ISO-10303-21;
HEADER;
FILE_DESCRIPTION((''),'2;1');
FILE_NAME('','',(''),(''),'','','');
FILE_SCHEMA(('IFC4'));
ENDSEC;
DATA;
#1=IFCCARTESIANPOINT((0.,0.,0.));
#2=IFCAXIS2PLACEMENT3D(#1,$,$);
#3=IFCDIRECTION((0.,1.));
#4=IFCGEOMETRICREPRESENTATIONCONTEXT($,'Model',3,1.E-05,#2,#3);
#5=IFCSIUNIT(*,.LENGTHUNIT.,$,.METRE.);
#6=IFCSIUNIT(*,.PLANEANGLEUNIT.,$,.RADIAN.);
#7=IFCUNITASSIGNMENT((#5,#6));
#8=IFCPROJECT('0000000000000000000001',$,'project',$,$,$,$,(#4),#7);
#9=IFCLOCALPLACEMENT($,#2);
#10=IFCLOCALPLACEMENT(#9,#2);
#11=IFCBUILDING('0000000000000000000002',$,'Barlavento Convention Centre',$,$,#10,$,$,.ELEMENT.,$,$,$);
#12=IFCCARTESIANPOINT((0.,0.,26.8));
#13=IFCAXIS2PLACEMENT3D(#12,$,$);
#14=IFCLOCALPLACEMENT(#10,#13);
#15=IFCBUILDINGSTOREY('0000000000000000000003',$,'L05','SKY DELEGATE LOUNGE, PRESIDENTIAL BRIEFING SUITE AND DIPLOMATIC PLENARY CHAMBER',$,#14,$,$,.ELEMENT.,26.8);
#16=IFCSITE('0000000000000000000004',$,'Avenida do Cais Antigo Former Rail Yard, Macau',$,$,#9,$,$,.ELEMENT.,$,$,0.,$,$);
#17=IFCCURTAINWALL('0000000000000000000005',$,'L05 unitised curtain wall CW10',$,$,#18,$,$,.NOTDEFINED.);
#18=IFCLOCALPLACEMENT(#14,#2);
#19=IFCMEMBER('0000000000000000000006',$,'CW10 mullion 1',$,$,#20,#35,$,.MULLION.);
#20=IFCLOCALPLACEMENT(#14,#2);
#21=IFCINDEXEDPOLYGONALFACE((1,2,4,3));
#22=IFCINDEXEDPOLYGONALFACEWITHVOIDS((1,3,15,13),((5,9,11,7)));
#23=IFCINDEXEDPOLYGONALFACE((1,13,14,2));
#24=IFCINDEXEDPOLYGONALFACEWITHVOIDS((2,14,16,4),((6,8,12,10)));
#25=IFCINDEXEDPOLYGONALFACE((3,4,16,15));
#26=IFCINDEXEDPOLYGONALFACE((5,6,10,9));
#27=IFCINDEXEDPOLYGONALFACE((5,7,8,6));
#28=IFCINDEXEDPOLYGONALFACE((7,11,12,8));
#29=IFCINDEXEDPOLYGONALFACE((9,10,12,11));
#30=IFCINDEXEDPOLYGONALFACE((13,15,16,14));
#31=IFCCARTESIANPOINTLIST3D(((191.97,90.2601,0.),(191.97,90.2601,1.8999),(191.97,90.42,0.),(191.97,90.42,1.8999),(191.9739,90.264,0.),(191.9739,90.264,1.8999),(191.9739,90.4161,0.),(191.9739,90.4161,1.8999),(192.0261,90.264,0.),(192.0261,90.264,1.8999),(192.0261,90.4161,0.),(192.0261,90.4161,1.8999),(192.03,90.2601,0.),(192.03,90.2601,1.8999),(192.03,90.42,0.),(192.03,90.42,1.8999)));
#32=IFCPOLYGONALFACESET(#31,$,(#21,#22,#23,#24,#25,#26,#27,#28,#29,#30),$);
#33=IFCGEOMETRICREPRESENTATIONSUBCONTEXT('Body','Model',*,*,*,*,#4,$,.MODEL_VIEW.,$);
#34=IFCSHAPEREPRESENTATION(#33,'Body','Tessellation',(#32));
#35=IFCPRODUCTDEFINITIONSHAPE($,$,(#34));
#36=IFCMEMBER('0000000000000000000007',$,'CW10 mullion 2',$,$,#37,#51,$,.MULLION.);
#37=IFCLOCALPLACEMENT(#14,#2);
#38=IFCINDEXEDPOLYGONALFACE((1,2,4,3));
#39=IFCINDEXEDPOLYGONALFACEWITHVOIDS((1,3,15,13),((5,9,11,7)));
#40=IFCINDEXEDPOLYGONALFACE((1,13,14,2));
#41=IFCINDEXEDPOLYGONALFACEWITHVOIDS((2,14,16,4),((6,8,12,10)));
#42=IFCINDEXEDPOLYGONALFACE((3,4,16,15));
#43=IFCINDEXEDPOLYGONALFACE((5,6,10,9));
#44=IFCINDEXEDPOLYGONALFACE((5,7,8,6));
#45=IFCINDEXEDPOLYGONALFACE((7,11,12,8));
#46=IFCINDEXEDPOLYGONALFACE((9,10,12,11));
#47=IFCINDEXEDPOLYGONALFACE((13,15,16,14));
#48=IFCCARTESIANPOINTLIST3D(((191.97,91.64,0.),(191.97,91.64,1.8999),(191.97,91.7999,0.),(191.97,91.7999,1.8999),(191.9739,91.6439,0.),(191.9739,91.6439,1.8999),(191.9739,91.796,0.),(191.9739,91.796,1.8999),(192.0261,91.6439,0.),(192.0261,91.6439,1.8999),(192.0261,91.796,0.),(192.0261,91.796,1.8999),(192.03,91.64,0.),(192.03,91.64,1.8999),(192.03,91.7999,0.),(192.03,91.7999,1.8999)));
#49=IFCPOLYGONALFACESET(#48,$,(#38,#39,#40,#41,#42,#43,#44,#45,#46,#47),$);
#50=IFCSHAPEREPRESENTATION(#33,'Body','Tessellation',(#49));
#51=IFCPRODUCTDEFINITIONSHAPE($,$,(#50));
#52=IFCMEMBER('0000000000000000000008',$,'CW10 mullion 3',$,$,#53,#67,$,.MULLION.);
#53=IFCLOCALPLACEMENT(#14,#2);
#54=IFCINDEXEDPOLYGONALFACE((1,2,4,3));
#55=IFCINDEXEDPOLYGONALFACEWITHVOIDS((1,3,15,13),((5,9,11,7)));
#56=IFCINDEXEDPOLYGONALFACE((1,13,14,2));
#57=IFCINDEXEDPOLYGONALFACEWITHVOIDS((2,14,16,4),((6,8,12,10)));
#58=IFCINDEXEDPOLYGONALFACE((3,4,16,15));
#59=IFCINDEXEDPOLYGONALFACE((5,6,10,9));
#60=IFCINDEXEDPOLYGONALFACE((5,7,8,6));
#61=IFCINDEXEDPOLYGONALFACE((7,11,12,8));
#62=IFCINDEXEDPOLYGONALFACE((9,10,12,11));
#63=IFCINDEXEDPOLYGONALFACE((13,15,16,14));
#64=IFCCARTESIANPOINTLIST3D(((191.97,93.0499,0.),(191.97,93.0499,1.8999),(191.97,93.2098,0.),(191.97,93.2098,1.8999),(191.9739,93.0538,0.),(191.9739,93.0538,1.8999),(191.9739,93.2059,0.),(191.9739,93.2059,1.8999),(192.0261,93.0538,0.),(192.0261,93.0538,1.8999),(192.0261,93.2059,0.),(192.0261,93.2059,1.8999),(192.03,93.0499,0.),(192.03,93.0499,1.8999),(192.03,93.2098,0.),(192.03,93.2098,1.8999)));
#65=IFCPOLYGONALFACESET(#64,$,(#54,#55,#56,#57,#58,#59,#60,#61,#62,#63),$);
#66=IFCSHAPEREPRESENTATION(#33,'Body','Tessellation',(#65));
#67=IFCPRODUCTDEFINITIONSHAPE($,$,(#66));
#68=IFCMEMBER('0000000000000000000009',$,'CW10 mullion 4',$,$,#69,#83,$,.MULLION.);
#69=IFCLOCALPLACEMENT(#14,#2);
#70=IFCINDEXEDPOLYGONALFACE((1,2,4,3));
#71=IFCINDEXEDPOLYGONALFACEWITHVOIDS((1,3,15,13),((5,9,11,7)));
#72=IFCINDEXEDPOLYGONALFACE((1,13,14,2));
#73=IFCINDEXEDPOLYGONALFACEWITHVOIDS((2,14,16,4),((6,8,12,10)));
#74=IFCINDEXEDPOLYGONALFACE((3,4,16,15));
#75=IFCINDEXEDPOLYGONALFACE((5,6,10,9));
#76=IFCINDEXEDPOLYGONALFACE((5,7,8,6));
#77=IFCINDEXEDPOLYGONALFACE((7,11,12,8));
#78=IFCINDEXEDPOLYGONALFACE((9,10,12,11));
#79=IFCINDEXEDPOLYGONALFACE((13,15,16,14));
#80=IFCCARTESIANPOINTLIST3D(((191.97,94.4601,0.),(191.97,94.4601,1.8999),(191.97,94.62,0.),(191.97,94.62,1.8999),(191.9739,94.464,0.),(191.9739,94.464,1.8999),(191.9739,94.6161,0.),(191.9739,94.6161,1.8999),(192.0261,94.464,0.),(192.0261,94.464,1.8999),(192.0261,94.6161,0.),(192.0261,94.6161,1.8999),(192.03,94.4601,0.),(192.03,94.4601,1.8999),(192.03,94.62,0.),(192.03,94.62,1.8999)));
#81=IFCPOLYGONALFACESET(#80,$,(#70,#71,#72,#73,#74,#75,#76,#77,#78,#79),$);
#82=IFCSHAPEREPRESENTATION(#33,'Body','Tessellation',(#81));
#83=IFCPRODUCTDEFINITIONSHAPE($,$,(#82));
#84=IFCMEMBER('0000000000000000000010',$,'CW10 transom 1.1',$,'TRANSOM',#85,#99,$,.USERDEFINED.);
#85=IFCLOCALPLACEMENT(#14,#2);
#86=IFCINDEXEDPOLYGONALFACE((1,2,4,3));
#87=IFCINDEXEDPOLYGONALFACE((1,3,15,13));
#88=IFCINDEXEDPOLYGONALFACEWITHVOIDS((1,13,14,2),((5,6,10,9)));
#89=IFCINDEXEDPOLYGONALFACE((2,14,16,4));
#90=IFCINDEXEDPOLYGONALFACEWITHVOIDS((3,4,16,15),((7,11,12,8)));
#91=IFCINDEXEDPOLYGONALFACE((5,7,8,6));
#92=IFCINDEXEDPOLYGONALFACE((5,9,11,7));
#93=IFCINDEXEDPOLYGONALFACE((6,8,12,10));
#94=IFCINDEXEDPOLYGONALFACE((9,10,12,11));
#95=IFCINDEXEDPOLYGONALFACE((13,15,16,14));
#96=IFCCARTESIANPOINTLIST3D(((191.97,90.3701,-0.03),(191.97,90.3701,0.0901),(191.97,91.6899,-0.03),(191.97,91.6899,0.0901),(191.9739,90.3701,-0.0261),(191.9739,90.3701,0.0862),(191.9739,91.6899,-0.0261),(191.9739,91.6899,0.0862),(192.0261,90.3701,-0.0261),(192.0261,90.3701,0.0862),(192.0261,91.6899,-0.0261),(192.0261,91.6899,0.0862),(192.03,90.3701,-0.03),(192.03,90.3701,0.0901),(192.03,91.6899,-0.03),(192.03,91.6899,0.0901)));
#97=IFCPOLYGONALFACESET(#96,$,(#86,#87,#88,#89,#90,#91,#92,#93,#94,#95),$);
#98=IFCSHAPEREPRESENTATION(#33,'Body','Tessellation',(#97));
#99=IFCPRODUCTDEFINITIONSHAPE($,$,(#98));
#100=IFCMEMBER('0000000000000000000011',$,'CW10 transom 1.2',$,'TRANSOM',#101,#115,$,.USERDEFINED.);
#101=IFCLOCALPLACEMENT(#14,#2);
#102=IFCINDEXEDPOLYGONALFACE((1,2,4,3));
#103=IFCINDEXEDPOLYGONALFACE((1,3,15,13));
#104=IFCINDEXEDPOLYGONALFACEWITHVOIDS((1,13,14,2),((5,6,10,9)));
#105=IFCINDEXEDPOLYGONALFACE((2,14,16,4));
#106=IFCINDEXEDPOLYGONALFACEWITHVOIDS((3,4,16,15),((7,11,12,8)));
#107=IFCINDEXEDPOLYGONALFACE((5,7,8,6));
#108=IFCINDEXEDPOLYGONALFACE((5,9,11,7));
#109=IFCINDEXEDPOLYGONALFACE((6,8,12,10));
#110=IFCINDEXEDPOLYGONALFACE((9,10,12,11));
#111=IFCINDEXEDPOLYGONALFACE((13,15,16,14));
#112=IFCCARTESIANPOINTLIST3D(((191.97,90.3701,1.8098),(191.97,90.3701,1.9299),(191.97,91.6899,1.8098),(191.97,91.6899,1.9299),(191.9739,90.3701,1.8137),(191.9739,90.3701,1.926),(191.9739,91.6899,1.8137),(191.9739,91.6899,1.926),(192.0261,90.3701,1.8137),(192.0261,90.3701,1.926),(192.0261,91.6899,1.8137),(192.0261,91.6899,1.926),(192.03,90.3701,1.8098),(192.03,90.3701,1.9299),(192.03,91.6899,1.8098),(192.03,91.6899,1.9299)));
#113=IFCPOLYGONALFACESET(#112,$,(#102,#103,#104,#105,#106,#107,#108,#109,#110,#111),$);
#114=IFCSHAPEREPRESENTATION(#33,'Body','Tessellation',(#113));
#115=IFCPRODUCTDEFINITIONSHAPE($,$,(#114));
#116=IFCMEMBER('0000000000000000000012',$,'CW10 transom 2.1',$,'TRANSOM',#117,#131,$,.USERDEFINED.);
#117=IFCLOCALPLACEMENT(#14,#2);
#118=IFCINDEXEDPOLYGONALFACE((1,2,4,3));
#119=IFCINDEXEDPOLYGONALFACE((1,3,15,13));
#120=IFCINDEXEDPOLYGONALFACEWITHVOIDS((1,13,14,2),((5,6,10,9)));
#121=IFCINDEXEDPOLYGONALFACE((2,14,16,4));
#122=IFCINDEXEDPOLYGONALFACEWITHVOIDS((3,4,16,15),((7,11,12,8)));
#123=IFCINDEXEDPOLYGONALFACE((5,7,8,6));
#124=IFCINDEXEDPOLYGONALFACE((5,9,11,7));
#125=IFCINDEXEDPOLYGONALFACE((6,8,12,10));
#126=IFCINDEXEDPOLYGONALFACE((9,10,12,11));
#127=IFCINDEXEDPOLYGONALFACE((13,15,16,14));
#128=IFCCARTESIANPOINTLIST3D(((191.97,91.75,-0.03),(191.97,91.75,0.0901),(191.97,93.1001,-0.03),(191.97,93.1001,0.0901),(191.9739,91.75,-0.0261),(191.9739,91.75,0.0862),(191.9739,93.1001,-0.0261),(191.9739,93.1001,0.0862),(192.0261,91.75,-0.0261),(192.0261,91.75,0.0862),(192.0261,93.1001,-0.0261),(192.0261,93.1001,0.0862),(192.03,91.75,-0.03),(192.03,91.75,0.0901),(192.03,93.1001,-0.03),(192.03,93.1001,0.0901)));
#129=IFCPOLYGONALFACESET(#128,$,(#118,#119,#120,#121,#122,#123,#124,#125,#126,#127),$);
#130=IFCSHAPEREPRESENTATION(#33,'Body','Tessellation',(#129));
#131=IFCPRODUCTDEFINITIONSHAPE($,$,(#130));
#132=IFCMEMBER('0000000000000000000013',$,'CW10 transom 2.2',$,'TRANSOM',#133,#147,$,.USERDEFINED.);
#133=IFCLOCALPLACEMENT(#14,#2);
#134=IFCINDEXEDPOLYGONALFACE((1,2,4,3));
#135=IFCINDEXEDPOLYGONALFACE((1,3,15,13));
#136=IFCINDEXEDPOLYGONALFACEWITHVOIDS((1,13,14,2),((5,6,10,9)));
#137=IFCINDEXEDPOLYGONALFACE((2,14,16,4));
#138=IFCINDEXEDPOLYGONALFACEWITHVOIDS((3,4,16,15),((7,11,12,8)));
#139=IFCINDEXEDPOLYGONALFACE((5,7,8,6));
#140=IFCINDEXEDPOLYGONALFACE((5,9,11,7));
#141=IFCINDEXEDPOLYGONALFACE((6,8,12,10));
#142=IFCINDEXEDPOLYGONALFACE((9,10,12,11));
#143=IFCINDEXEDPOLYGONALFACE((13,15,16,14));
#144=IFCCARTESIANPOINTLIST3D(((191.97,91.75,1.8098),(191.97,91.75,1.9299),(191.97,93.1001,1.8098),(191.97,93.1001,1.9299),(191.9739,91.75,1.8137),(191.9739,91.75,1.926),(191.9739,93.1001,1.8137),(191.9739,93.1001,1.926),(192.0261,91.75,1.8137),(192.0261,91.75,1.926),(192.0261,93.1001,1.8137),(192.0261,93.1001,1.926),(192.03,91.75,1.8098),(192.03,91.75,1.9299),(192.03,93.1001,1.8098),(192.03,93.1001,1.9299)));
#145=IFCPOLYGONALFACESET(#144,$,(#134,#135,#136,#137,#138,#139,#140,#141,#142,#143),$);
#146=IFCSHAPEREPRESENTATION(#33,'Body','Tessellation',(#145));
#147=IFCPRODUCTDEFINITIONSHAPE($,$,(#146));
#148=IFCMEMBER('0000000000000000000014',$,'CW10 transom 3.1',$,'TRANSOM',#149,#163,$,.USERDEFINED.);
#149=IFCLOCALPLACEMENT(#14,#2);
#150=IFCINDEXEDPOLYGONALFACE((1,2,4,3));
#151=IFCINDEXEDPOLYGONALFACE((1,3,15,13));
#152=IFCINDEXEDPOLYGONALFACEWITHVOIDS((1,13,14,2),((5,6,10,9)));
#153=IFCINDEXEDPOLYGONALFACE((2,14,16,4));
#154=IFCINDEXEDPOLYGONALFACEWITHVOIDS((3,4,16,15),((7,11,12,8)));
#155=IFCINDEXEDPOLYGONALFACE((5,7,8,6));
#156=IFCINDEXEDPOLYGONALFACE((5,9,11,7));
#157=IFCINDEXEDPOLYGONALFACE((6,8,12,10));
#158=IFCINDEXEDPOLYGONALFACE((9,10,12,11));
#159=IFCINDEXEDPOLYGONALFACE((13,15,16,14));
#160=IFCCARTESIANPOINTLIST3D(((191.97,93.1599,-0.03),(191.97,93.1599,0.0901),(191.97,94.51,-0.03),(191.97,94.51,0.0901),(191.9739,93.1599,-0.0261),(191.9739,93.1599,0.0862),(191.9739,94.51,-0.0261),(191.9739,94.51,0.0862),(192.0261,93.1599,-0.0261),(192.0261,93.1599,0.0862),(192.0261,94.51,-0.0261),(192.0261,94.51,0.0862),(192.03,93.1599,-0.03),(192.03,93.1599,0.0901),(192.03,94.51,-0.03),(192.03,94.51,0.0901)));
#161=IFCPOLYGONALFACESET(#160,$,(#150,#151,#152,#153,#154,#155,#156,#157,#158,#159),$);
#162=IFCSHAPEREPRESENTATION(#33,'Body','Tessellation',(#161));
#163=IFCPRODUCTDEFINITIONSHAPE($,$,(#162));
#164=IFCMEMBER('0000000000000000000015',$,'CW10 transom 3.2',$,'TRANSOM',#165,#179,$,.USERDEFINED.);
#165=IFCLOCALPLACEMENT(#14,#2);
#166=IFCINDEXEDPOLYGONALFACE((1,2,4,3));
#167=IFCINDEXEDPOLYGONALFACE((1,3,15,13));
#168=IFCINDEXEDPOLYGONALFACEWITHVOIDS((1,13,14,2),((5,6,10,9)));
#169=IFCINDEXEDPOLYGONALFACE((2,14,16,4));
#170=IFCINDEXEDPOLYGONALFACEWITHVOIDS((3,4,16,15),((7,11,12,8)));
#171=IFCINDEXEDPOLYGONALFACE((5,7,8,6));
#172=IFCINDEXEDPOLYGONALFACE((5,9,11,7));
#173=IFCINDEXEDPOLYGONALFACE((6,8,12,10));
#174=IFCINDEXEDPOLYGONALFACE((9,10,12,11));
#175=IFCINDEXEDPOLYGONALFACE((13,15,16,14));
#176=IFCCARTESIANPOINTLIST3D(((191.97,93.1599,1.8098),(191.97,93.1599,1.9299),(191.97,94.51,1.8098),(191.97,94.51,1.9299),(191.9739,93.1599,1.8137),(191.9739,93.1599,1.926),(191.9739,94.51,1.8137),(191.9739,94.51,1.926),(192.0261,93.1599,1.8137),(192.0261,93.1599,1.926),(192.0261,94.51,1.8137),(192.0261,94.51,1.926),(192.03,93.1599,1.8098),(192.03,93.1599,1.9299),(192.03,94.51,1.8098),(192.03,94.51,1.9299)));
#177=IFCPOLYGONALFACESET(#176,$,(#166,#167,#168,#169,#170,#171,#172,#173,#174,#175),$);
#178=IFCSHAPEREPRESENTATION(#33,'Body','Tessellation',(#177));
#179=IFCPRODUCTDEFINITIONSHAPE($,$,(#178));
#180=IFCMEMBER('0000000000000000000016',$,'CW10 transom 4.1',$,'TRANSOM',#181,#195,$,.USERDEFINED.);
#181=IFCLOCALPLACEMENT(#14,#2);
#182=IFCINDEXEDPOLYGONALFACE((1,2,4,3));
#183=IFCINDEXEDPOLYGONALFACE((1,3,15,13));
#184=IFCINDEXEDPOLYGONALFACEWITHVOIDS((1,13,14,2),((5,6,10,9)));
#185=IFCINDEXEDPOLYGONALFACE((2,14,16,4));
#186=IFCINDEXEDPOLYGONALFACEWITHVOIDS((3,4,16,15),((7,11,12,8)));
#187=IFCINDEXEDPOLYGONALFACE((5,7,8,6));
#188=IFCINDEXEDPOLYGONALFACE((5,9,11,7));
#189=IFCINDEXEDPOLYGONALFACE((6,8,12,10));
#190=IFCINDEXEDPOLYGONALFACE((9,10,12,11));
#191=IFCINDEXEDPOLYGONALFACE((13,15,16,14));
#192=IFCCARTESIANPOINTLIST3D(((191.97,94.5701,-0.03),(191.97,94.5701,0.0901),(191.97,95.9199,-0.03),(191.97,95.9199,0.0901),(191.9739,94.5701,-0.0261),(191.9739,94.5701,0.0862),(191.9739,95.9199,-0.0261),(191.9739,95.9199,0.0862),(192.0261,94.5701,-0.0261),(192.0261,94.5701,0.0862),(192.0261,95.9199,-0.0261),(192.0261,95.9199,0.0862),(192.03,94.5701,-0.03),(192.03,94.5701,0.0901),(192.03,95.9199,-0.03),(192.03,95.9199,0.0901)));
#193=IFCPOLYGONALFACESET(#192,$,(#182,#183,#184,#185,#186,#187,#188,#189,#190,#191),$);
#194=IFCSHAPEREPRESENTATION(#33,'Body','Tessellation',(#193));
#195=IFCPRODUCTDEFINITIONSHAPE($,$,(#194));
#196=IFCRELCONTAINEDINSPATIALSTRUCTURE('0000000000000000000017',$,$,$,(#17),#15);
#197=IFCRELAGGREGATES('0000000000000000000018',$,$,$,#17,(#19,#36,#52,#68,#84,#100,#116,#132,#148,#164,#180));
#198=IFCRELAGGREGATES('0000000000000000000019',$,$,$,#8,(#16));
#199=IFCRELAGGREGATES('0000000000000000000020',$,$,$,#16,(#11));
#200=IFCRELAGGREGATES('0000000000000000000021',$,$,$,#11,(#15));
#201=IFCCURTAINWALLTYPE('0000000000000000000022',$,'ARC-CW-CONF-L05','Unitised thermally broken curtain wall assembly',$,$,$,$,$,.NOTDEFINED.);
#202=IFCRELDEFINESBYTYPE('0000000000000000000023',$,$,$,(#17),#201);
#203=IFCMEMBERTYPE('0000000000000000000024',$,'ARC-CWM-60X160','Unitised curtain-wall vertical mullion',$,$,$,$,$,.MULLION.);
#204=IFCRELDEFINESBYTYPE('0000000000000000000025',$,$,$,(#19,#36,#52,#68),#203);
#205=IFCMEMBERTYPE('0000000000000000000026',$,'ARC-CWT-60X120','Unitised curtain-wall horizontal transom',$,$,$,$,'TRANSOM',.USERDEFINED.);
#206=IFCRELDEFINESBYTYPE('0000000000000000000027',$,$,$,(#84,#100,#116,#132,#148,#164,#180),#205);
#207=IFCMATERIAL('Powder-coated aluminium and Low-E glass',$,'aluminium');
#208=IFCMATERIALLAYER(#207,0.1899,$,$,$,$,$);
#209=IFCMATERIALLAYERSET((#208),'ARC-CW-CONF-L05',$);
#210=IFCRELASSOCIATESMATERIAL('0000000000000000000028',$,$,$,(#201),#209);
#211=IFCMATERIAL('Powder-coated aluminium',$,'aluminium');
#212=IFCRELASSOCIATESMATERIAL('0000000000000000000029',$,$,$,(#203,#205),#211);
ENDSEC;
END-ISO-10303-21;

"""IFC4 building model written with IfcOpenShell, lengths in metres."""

from ifc_helpers import new_model, si_unit, direction, frame, origin, origin_2d, place, context, subcontext, project, spatial, hollow_rectangle, extrude, material, layer, layer_set, material_profile, profile_set, type_object, element, aggregate, save


model = new_model("IFC4")

# Units and contexts
model_context = context("Model", 3, precision=1e-05, world=origin(), true_north=direction((0.0, 1.0)))
body_context = subcontext(model_context, "Body", "Model", "MODEL_VIEW")
ifc_project = project(units=[si_unit("LENGTHUNIT", "METRE"), si_unit("PLANEANGLEUNIT", "RADIAN")], contexts=[model_context])

# Site, building, storey
site_placement = place(None, origin())
site = spatial("IfcSite", under=ifc_project, at=site_placement, Name="Avenida do Cais Antigo Former Rail Yard, Macau", CompositionType="ELEMENT", RefElevation=0.0)
building_placement = place(site_placement, origin())
building = spatial("IfcBuilding", under=site, at=building_placement, Name="Barlavento Convention Centre", CompositionType="ELEMENT")
storey_placement = place(building_placement, frame((0.0, 0.0, 26.8)))
storey = spatial("IfcBuildingStorey", under=building, at=storey_placement, Name="L05", Description="SKY DELEGATE LOUNGE, PRESIDENTIAL BRIEFING SUITE AND DIPLOMATIC PLENARY CHAMBER", CompositionType="ELEMENT", Elevation=26.8)

# Curtain wall, members
ifc_material_1 = material(Name="Powder-coated aluminium and Low-E glass", Category="aluminium")
ifc_layer_1 = layer(ifc_material_1, 0.1899)
ifc_layer_set_1 = layer_set([ifc_layer_1], Name="ARC-CW-CONF-L05")
curtain_wall_type = type_object("IfcCurtainWallType", Name="ARC-CW-CONF-L05", Description="Unitised thermally broken curtain wall assembly", PredefinedType="NOTDEFINED", material=ifc_layer_set_1)
curtain_wall_placement = place(storey_placement, origin())
curtain_wall = element("IfcCurtainWall", 1, at=curtain_wall_placement, inside=storey, type_object=curtain_wall_type, Name="L05 unitised curtain wall CW10", PredefinedType="NOTDEFINED")
ifc_material_2 = material(Name="Powder-coated aluminium", Category="aluminium")
ifc_material_profile_1 = material_profile(ifc_material_2, hollow_rectangle(XDim=0.0601, YDim=0.1599, WallThickness=0.0039, at=origin_2d()), Name="AL-MULL 60x160x4")
ifc_profile_set_1 = profile_set([ifc_material_profile_1], Name="Powder-coated aluminium")
member_type_1 = type_object("IfcMemberType", Name="ARC-CWM-60X160", Description="Unitised curtain-wall vertical mullion", PredefinedType="MULLION", material=ifc_profile_set_1)
member_1_placement = place(storey_placement, frame((192.0, 90.3401, 0.0), z_axis=(0.0, 0.0, 1.0), x_axis=(-1.0, 0.0, 0.0)))
member_1 = element("IfcMember", 2, at=member_1_placement, type_object=member_type_1, Name="CW10 mullion 1", PredefinedType="MULLION", context=body_context, shape_type="SweptSolid", body=[
    extrude(hollow_rectangle(XDim=0.0601, YDim=0.1599, WallThickness=0.0039, at=origin_2d()), origin(), (0.0, 0.0, 1.0), 1.8999),
])
member_2_placement = place(storey_placement, frame((192.0, 91.72, 0.0), z_axis=(0.0, 0.0, 1.0), x_axis=(-1.0, 0.0, 0.0)))
member_2 = element("IfcMember", 3, at=member_2_placement, type_object=member_type_1, Name="CW10 mullion 2", PredefinedType="MULLION", context=body_context, shape_type="SweptSolid", body=[
    extrude(hollow_rectangle(XDim=0.0601, YDim=0.1599, WallThickness=0.0039, at=origin_2d()), origin(), (0.0, 0.0, 1.0), 1.8999),
])
member_3_placement = place(storey_placement, frame((192.0, 93.1299, 0.0), z_axis=(0.0, 0.0, 1.0), x_axis=(-1.0, 0.0, 0.0)))
member_3 = element("IfcMember", 4, at=member_3_placement, type_object=member_type_1, Name="CW10 mullion 3", PredefinedType="MULLION", context=body_context, shape_type="SweptSolid", body=[
    extrude(hollow_rectangle(XDim=0.0601, YDim=0.1599, WallThickness=0.0039, at=origin_2d()), origin(), (0.0, 0.0, 1.0), 1.8999),
])
member_4_placement = place(storey_placement, frame((192.0, 94.54, 0.0), z_axis=(0.0, 0.0, 1.0), x_axis=(-1.0, 0.0, 0.0)))
member_4 = element("IfcMember", 5, at=member_4_placement, type_object=member_type_1, Name="CW10 mullion 4", PredefinedType="MULLION", context=body_context, shape_type="SweptSolid", body=[
    extrude(hollow_rectangle(XDim=0.0601, YDim=0.1599, WallThickness=0.0039, at=origin_2d()), origin(), (0.0, 0.0, 1.0), 1.8999),
])
ifc_material_profile_2 = material_profile(ifc_material_2, hollow_rectangle(XDim=0.0601, YDim=0.1201, WallThickness=0.0039, at=origin_2d()), Name="AL-TRAN 60x120x4")
ifc_profile_set_2 = profile_set([ifc_material_profile_2], Name="Powder-coated aluminium")
member_type_2 = type_object("IfcMemberType", Name="ARC-CWT-60X120", Description="Unitised curtain-wall horizontal transom", ElementType="TRANSOM", PredefinedType="USERDEFINED", material=ifc_profile_set_2)
member_5_placement = place(storey_placement, frame((192.0, 90.3701, 0.03), z_axis=(0.0, 1.0, 0.0), x_axis=(-1.0, 0.0, 0.0)))
member_5 = element("IfcMember", 6, at=member_5_placement, type_object=member_type_2, Name="CW10 transom 1.1", ObjectType="TRANSOM", PredefinedType="USERDEFINED", context=body_context, shape_type="SweptSolid", body=[
    extrude(hollow_rectangle(XDim=0.0601, YDim=0.1201, WallThickness=0.0039, at=origin_2d()), origin(), (0.0, 0.0, 1.0), 1.3198),
])
member_6_placement = place(storey_placement, frame((192.0, 90.3701, 1.8699), z_axis=(0.0, 1.0, 0.0), x_axis=(-1.0, 0.0, 0.0)))
member_6 = element("IfcMember", 7, at=member_6_placement, type_object=member_type_2, Name="CW10 transom 1.2", ObjectType="TRANSOM", PredefinedType="USERDEFINED", context=body_context, shape_type="SweptSolid", body=[
    extrude(hollow_rectangle(XDim=0.0601, YDim=0.1201, WallThickness=0.0039, at=origin_2d()), origin(), (0.0, 0.0, 1.0), 1.3198),
])
member_7_placement = place(storey_placement, frame((192.0, 91.75, 0.03), z_axis=(0.0, 1.0, 0.0), x_axis=(-1.0, 0.0, 0.0)))
member_7 = element("IfcMember", 8, at=member_7_placement, type_object=member_type_2, Name="CW10 transom 2.1", ObjectType="TRANSOM", PredefinedType="USERDEFINED", context=body_context, shape_type="SweptSolid", body=[
    extrude(hollow_rectangle(XDim=0.0601, YDim=0.1201, WallThickness=0.0039, at=origin_2d()), origin(), (0.0, 0.0, 1.0), 1.3501),
])
member_8_placement = place(storey_placement, frame((192.0, 91.75, 1.8699), z_axis=(0.0, 1.0, 0.0), x_axis=(-1.0, 0.0, 0.0)))
member_8 = element("IfcMember", 9, at=member_8_placement, type_object=member_type_2, Name="CW10 transom 2.2", ObjectType="TRANSOM", PredefinedType="USERDEFINED", context=body_context, shape_type="SweptSolid", body=[
    extrude(hollow_rectangle(XDim=0.0601, YDim=0.1201, WallThickness=0.0039, at=origin_2d()), origin(), (0.0, 0.0, 1.0), 1.3501),
])
member_9_placement = place(storey_placement, frame((192.0, 93.1599, 0.03), z_axis=(0.0, 1.0, 0.0), x_axis=(-1.0, 0.0, 0.0)))
member_9 = element("IfcMember", 10, at=member_9_placement, type_object=member_type_2, Name="CW10 transom 3.1", ObjectType="TRANSOM", PredefinedType="USERDEFINED", context=body_context, shape_type="SweptSolid", body=[
    extrude(hollow_rectangle(XDim=0.0601, YDim=0.1201, WallThickness=0.0039, at=origin_2d()), origin(), (0.0, 0.0, 1.0), 1.3501),
])
member_10_placement = place(storey_placement, frame((192.0, 93.1599, 1.8699), z_axis=(0.0, 1.0, 0.0), x_axis=(-1.0, 0.0, 0.0)))
member_10 = element("IfcMember", 11, at=member_10_placement, type_object=member_type_2, Name="CW10 transom 3.2", ObjectType="TRANSOM", PredefinedType="USERDEFINED", context=body_context, shape_type="SweptSolid", body=[
    extrude(hollow_rectangle(XDim=0.0601, YDim=0.1201, WallThickness=0.0039, at=origin_2d()), origin(), (0.0, 0.0, 1.0), 1.3501),
])
member_11_placement = place(storey_placement, frame((192.0, 94.5701, 0.03), z_axis=(0.0, 1.0, 0.0), x_axis=(-1.0, 0.0, 0.0)))
member_11 = element("IfcMember", 12, at=member_11_placement, type_object=member_type_2, Name="CW10 transom 4.1", ObjectType="TRANSOM", PredefinedType="USERDEFINED", context=body_context, shape_type="SweptSolid", body=[
    extrude(hollow_rectangle(XDim=0.0601, YDim=0.1201, WallThickness=0.0039, at=origin_2d()), origin(), (0.0, 0.0, 1.0), 1.3499),
])
aggregate(curtain_wall, [member_1, member_2, member_3, member_4, member_5, member_6, member_7, member_8, member_9, member_10, member_11])

save(model, "model.ifc")
